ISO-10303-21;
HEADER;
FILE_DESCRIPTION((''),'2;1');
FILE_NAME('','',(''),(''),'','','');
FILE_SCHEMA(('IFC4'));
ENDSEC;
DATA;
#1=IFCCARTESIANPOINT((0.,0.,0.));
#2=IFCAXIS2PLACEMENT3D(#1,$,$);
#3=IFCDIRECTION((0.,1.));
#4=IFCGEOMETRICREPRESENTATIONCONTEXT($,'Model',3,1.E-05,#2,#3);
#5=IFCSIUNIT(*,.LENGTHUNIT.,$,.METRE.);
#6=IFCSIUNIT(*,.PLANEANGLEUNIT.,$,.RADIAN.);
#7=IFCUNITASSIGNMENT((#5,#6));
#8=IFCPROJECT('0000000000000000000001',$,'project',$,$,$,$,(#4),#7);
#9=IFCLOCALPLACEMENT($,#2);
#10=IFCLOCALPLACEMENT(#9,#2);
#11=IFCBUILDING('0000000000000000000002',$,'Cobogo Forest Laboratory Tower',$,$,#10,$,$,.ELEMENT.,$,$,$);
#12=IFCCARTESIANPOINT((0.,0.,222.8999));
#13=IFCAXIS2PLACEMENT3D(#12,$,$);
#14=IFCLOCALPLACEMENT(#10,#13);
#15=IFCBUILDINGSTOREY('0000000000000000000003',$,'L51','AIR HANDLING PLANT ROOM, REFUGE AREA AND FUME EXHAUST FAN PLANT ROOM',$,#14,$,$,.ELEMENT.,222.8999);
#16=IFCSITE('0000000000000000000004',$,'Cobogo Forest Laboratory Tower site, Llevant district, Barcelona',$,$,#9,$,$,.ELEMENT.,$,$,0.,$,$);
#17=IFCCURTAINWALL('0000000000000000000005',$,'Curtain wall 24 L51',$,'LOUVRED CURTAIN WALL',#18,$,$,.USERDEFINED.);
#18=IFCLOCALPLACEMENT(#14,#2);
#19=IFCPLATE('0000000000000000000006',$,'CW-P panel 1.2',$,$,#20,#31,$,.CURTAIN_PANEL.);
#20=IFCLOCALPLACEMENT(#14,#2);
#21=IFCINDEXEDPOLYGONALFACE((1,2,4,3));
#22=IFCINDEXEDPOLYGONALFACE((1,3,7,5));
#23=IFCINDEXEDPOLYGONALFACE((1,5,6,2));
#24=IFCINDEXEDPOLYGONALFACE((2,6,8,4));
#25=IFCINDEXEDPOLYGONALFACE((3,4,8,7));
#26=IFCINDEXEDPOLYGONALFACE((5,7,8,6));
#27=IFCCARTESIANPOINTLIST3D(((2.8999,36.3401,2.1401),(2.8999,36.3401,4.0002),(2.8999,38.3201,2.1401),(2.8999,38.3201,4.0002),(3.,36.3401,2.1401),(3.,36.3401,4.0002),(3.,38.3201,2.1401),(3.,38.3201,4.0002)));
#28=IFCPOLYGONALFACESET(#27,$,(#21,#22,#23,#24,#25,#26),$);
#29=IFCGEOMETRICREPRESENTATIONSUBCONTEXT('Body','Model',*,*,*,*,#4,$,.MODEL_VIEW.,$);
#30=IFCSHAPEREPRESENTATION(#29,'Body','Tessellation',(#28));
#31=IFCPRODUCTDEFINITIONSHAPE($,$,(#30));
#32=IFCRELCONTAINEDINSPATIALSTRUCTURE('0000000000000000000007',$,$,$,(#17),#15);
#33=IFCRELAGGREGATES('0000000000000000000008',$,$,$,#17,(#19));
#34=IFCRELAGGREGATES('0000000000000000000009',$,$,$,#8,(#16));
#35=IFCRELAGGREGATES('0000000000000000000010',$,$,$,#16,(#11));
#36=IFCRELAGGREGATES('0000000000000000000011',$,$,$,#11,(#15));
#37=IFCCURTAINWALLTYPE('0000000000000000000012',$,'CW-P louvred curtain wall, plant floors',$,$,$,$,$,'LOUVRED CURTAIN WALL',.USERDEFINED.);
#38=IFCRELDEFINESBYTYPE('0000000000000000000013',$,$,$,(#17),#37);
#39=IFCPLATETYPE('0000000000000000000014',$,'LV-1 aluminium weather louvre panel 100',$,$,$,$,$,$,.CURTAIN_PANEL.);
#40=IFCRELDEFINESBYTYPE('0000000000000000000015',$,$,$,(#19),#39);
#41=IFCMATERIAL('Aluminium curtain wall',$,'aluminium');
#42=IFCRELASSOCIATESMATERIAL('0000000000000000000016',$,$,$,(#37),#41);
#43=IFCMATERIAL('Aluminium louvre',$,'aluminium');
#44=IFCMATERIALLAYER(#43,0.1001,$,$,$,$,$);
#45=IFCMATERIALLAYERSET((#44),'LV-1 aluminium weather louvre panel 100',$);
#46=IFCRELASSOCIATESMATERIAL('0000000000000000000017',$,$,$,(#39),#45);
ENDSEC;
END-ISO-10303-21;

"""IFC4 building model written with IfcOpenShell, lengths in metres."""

from ifc_helpers import new_model, si_unit, direction, frame, origin, origin_2d, place, context, subcontext, project, spatial, rectangle, extrude, material, layer, layer_set, type_object, element, aggregate, save


model = new_model("IFC4")

# Units and contexts
model_context = context("Model", 3, precision=1e-05, world=origin(), true_north=direction((0.0, 1.0)))
body_context = subcontext(model_context, "Body", "Model", "MODEL_VIEW")
ifc_project = project(units=[si_unit("LENGTHUNIT", "METRE"), si_unit("PLANEANGLEUNIT", "RADIAN")], contexts=[model_context])

# Site, building, storey
site_placement = place(None, origin())
site = spatial("IfcSite", under=ifc_project, at=site_placement, Name="Cobogo Forest Laboratory Tower site, Llevant district, Barcelona", CompositionType="ELEMENT", RefElevation=0.0)
building_placement = place(site_placement, origin())
building = spatial("IfcBuilding", under=site, at=building_placement, Name="Cobogo Forest Laboratory Tower", CompositionType="ELEMENT")
storey_placement = place(building_placement, frame((0.0, 0.0, 222.8999)))
storey = spatial("IfcBuildingStorey", under=building, at=storey_placement, Name="L51", Description="AIR HANDLING PLANT ROOM, REFUGE AREA AND FUME EXHAUST FAN PLANT ROOM", CompositionType="ELEMENT", Elevation=222.8999)

# Shared definitions
ifc_material_1 = material(Name="Aluminium curtain wall", Category="aluminium")
curtain_wall_type = type_object("IfcCurtainWallType", Name="CW-P louvred curtain wall, plant floors", ElementType="LOUVRED CURTAIN WALL", PredefinedType="USERDEFINED", material=ifc_material_1)

# Curtain wall
curtain_wall_1_placement = place(storey_placement, origin())
curtain_wall_1 = element("IfcCurtainWall", 1, at=curtain_wall_1_placement, inside=storey, type_object=curtain_wall_type, Name="Curtain wall 24 L51", ObjectType="LOUVRED CURTAIN WALL", PredefinedType="USERDEFINED")

# Plate
ifc_material_2 = material(Name="Aluminium louvre", Category="aluminium")
ifc_layer = layer(ifc_material_2, 0.1001)
ifc_layer_set = layer_set([ifc_layer], Name="LV-1 aluminium weather louvre panel 100")
plate_type = type_object("IfcPlateType", Name="LV-1 aluminium weather louvre panel 100", PredefinedType="CURTAIN_PANEL", material=ifc_layer_set)
plate_1_placement = place(storey_placement, frame((2.95, 37.3301, 2.1401), z_axis=(0.0, 0.0, 1.0), x_axis=(0.0, -1.0, 0.0)))
plate_1 = element("IfcPlate", 2, at=plate_1_placement, type_object=plate_type, Name="CW-P panel 1.2", PredefinedType="CURTAIN_PANEL", context=body_context, shape_type="SweptSolid", body=[
    extrude(rectangle(XDim=1.98, YDim=0.1001, at=origin_2d()), origin(), (0.0, 0.0, 1.0), 1.8601),
])
aggregate(curtain_wall_1, [plate_1])

save(model, "model.ifc")
